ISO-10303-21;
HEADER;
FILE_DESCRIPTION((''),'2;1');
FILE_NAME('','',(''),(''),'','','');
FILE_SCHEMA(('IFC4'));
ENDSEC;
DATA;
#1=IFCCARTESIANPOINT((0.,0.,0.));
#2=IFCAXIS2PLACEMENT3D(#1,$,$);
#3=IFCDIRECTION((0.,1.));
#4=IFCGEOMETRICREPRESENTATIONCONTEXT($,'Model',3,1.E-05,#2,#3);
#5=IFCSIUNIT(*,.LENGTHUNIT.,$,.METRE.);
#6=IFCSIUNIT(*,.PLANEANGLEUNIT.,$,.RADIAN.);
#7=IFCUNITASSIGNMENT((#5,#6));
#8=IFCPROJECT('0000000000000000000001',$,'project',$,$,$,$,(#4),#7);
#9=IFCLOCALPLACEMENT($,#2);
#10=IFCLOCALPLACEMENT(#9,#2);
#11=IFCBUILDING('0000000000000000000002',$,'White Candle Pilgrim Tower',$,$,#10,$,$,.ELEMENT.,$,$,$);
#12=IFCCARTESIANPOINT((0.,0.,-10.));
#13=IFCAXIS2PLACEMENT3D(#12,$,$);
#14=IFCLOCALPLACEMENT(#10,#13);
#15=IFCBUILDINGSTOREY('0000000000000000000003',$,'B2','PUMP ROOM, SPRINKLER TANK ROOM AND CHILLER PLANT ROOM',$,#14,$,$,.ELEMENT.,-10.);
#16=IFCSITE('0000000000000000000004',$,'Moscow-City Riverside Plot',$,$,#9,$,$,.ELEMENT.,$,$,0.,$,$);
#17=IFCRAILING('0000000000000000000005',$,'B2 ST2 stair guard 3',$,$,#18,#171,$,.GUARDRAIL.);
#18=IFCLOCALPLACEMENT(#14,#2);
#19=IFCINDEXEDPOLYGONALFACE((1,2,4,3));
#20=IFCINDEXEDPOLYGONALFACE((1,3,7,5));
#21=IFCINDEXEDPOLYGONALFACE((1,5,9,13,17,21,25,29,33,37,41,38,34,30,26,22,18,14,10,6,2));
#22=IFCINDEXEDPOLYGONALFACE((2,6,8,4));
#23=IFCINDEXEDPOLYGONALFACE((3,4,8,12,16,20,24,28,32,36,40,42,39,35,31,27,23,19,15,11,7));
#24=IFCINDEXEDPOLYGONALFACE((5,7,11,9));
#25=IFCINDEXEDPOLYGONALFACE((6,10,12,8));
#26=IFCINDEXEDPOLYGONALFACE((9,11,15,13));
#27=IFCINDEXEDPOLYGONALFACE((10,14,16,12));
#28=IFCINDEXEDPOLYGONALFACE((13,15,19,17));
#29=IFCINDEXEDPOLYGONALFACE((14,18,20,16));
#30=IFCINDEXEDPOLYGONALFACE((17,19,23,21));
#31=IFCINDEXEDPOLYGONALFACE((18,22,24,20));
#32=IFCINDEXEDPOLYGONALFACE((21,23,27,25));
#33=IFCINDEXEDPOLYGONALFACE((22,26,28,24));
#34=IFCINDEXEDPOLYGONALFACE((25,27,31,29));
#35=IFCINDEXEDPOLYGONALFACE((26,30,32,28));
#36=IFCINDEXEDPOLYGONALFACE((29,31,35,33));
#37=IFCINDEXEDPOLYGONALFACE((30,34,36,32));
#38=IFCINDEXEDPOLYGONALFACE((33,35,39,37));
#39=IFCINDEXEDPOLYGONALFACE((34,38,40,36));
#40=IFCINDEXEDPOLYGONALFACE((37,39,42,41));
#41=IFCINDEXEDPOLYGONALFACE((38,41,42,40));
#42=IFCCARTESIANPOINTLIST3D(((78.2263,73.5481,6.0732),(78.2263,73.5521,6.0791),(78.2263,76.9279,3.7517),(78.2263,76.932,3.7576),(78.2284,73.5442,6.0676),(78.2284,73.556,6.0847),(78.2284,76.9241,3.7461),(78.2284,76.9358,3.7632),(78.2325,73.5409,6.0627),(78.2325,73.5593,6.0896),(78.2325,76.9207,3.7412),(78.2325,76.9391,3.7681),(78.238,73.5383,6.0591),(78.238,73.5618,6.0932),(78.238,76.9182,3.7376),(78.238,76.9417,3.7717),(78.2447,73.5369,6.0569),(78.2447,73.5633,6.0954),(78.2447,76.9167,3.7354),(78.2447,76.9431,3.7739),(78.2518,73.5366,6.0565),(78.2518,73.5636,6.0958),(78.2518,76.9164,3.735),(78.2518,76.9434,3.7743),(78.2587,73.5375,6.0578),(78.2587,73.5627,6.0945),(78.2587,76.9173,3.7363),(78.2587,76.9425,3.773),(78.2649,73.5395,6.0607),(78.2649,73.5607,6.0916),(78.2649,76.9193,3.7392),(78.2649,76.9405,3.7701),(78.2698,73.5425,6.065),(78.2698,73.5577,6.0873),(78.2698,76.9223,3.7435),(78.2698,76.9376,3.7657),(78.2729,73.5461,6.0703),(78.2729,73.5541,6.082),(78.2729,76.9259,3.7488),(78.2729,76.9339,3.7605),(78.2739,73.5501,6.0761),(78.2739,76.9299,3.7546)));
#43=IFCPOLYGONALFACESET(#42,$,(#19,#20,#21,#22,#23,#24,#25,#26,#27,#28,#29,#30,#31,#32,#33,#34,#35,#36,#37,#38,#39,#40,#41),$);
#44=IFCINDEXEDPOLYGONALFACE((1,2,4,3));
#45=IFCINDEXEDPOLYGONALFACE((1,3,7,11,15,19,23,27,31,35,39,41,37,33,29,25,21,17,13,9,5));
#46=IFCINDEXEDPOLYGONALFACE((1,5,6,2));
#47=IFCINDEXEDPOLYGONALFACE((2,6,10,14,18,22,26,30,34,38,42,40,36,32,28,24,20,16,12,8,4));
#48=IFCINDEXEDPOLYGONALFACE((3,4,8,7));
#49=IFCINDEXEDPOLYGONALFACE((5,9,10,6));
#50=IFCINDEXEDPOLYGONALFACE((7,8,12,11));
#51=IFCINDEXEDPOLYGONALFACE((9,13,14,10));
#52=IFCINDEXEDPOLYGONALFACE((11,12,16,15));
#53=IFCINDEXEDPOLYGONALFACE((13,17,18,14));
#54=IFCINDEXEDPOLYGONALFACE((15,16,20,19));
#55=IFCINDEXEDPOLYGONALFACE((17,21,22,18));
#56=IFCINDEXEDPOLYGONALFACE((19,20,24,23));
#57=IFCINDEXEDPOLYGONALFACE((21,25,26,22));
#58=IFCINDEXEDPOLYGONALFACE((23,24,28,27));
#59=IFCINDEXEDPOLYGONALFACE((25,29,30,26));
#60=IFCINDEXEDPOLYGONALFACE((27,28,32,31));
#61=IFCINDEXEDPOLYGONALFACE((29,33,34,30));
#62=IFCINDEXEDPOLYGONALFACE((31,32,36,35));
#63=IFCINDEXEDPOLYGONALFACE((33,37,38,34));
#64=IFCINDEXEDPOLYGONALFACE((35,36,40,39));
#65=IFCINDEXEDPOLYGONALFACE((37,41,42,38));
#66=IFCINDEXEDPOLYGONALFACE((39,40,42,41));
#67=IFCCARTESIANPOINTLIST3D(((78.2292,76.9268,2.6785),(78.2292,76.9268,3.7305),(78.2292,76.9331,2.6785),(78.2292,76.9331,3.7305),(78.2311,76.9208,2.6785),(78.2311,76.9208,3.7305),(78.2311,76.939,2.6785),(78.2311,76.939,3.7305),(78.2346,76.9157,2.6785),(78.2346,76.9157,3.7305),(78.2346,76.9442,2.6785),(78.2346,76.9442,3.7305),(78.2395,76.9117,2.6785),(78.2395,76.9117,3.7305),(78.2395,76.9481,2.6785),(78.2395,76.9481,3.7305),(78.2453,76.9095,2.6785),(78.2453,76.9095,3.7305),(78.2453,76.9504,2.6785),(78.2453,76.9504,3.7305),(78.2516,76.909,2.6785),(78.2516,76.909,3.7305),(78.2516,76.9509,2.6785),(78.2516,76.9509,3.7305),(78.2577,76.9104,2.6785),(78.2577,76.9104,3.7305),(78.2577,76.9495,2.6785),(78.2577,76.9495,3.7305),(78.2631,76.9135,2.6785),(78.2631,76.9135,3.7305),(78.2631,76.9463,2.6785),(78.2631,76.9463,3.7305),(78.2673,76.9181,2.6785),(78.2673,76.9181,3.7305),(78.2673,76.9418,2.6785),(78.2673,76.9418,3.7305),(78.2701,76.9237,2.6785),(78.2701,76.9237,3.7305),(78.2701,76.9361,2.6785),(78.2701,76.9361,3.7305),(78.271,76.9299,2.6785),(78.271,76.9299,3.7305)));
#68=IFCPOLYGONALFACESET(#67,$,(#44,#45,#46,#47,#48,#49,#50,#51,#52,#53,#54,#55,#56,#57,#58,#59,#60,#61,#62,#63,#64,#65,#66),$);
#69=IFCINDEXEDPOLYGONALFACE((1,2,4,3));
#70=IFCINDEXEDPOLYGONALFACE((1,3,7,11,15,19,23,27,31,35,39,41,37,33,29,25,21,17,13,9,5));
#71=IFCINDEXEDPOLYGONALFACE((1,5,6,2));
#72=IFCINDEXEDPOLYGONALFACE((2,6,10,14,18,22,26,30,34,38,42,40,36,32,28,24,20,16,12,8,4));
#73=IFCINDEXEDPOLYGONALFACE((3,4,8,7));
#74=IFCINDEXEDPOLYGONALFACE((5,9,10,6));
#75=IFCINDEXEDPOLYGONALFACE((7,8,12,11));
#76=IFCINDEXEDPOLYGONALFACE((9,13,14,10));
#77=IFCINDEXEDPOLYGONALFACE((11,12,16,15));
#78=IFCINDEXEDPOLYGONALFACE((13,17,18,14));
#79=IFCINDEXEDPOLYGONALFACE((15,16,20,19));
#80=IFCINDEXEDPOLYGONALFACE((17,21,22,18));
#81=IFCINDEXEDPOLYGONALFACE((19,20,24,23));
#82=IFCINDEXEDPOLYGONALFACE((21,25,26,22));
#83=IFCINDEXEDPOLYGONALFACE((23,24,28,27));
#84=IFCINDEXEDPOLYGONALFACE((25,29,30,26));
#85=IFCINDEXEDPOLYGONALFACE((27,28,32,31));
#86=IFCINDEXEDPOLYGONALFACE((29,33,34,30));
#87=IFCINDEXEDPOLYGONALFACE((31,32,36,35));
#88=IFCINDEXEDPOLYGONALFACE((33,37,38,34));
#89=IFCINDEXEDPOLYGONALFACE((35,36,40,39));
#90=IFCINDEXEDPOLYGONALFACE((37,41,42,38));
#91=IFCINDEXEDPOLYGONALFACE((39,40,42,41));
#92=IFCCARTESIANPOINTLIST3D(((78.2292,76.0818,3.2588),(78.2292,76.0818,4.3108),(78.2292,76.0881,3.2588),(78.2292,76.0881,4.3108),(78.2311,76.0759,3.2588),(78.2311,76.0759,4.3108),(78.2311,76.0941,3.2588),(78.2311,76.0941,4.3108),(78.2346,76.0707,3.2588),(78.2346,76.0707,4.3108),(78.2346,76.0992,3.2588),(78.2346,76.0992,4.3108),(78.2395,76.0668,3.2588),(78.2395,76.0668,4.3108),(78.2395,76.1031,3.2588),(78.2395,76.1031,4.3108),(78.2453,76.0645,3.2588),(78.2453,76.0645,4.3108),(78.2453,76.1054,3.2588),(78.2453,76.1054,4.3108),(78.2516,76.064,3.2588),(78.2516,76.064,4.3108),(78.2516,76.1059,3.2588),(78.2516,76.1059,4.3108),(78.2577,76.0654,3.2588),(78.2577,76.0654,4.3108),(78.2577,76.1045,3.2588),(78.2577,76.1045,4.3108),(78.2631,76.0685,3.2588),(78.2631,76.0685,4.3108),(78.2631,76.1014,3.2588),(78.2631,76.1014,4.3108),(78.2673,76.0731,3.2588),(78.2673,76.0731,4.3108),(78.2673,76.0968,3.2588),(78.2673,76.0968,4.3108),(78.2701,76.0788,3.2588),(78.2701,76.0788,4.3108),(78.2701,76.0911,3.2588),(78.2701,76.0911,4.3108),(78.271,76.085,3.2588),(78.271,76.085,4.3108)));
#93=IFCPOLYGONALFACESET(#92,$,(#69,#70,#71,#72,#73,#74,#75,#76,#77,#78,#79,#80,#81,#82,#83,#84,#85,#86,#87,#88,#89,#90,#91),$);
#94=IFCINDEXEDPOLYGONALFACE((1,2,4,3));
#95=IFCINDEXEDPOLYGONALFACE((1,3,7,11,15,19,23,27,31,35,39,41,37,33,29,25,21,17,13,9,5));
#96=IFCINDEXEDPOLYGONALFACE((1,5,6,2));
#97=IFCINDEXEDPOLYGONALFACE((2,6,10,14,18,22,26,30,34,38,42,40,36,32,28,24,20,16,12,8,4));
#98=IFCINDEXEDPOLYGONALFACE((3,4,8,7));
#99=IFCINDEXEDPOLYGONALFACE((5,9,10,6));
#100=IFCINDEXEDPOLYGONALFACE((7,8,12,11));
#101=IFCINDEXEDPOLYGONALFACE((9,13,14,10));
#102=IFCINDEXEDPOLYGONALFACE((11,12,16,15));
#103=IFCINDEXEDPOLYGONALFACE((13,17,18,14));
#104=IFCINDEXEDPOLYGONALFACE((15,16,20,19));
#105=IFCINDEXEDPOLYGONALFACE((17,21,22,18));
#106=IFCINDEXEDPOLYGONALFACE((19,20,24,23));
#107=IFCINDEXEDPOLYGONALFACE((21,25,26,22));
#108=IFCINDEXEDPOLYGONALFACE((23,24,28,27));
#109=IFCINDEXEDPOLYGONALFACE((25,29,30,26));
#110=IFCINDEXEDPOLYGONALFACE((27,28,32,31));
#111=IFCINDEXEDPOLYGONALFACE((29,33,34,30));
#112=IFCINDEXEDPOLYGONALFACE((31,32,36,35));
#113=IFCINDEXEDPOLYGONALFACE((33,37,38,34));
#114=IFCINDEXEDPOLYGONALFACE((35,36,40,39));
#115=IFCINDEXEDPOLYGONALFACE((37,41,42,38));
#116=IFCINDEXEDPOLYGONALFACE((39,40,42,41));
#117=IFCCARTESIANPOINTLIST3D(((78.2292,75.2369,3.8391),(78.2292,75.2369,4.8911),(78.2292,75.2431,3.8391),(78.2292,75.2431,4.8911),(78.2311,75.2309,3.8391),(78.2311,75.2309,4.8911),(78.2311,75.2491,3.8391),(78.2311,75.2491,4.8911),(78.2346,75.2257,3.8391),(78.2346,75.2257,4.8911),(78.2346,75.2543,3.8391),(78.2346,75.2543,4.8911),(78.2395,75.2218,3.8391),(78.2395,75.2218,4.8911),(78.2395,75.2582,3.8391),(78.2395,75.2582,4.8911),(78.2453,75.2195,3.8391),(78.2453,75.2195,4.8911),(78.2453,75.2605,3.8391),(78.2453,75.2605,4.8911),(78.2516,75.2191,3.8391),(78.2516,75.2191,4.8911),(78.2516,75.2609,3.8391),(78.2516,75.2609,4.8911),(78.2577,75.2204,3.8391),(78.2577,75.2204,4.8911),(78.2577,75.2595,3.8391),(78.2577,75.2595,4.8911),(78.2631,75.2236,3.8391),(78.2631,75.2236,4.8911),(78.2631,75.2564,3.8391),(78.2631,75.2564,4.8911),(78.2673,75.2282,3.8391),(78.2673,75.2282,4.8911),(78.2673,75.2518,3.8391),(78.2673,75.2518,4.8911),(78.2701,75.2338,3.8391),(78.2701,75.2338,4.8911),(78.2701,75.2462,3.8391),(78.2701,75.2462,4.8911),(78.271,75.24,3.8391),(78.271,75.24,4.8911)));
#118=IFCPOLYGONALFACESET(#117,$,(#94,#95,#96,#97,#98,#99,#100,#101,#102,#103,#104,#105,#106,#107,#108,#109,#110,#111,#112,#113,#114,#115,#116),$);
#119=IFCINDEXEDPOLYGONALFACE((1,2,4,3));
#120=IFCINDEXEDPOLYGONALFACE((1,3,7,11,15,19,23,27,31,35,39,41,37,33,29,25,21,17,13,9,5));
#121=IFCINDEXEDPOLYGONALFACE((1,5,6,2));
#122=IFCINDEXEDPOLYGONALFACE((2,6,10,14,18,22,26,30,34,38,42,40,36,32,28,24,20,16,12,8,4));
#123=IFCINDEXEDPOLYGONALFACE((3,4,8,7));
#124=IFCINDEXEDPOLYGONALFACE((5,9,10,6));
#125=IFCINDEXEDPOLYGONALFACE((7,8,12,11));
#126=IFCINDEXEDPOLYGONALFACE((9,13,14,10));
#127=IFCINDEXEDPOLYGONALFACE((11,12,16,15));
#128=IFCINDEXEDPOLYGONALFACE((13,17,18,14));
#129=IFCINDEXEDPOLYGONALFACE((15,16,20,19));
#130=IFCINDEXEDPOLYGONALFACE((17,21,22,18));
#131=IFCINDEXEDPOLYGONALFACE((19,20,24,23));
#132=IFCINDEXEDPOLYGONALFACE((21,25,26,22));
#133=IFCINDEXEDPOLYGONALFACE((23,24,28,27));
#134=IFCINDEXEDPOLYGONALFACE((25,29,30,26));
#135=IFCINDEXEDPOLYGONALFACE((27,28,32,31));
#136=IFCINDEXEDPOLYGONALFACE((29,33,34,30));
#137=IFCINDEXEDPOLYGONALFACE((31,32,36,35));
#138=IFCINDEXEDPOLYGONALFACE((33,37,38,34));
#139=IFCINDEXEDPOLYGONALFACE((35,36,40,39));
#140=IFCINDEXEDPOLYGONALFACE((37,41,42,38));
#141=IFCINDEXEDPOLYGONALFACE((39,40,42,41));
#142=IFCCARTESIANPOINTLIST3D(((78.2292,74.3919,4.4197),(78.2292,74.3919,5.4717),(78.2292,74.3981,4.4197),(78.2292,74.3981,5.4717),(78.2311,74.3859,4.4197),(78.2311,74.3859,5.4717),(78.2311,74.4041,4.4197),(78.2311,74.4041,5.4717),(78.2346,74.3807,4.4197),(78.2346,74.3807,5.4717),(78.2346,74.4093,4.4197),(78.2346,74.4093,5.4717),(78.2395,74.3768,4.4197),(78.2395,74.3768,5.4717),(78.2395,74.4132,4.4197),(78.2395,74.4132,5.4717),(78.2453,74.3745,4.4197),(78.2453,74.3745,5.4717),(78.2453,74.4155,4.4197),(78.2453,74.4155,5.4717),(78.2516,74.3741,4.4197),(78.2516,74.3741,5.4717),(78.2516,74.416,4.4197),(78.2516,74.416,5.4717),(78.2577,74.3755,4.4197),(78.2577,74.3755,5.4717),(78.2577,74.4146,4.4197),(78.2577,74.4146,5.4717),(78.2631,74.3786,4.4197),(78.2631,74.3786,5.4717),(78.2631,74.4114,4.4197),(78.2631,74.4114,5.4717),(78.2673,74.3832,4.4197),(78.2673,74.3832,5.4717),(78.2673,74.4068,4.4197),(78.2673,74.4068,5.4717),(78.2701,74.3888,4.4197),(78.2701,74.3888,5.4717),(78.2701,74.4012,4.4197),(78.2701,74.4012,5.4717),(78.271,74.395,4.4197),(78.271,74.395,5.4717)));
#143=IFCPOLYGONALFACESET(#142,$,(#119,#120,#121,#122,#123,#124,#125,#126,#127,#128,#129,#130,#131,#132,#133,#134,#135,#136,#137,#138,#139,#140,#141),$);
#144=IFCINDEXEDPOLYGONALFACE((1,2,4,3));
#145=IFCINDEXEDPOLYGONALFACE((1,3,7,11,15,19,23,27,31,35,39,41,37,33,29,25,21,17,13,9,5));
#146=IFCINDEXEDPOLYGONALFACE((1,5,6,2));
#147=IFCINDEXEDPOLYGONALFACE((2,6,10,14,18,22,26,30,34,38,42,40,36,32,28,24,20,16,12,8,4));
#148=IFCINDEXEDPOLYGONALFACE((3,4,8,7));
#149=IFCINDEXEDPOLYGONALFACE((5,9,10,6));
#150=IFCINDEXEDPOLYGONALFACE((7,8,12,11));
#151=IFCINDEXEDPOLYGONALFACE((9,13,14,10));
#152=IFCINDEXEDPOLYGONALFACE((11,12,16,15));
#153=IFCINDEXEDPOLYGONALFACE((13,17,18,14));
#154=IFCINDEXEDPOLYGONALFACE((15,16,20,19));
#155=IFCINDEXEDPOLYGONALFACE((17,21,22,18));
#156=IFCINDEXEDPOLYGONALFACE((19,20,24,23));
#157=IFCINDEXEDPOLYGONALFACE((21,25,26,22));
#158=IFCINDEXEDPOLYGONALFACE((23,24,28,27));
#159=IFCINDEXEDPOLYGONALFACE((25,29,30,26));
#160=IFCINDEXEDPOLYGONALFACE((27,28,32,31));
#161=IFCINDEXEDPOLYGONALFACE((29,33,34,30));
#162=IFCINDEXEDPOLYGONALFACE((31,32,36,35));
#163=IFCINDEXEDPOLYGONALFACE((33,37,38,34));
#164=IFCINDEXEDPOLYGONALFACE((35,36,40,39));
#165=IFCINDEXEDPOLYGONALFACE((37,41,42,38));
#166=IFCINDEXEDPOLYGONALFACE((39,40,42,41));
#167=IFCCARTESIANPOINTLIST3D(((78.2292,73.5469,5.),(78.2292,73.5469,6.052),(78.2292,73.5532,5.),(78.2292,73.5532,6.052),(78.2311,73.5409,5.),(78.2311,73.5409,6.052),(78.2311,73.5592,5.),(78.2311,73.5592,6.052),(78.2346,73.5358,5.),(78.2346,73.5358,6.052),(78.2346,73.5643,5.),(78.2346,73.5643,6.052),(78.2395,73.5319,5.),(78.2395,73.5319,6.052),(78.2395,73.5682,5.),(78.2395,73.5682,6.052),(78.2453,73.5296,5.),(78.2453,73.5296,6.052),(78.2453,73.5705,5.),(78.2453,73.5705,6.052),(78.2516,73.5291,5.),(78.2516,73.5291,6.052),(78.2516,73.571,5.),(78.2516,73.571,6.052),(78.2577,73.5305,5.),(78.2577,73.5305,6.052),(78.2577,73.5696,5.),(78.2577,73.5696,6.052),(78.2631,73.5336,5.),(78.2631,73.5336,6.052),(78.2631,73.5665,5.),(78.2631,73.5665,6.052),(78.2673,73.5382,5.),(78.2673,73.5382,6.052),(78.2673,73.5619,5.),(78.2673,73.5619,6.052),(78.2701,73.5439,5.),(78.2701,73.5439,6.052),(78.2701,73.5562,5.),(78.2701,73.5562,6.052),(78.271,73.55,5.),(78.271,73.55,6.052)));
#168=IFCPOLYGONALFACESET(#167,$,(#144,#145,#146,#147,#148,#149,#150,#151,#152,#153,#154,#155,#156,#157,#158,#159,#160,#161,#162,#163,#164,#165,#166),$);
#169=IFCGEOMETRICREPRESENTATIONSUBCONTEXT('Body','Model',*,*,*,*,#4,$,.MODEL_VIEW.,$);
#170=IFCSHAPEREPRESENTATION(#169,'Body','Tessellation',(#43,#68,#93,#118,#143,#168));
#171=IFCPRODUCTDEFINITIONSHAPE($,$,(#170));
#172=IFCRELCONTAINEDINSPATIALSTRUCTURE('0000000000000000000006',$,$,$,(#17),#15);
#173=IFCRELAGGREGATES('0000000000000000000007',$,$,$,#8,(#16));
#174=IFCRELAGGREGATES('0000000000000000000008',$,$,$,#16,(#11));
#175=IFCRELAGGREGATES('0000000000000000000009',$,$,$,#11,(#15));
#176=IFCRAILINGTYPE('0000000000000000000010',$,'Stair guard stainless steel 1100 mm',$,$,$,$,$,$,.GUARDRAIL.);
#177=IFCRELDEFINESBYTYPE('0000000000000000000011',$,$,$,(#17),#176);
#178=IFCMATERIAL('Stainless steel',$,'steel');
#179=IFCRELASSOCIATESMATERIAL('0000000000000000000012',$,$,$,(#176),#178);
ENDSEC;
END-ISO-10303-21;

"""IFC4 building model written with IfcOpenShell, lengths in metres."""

from ifc_helpers import new_model, si_unit, direction, frame, origin, origin_2d, place, context, subcontext, project, spatial, circle, extrude, material, type_object, element, save


model = new_model("IFC4")

# Units and contexts
model_context = context("Model", 3, precision=1e-05, world=origin(), true_north=direction((0.0, 1.0)))
body_context = subcontext(model_context, "Body", "Model", "MODEL_VIEW")
ifc_project = project(units=[si_unit("LENGTHUNIT", "METRE"), si_unit("PLANEANGLEUNIT", "RADIAN")], contexts=[model_context])

# Site, building, storey
site_placement = place(None, origin())
site = spatial("IfcSite", under=ifc_project, at=site_placement, Name="Moscow-City Riverside Plot", CompositionType="ELEMENT", RefElevation=0.0)
building_placement = place(site_placement, origin())
building = spatial("IfcBuilding", under=site, at=building_placement, Name="White Candle Pilgrim Tower", CompositionType="ELEMENT")
storey_placement = place(building_placement, frame((0.0, 0.0, -10.0)))
storey = spatial("IfcBuildingStorey", under=building, at=storey_placement, Name="B2", Description="PUMP ROOM, SPRINKLER TANK ROOM AND CHILLER PLANT ROOM", CompositionType="ELEMENT", Elevation=-10.0)

# Railing
ifc_material_1 = material(Name="Stainless steel", Category="steel")
railing_type_1 = type_object("IfcRailingType", Name="Stair guard stainless steel 1100 mm", PredefinedType="GUARDRAIL", material=ifc_material_1)
railing_1_placement = place(storey_placement, frame((78.25, 76.9299, 2.6785)))
element("IfcRailing", 1, at=railing_1_placement, inside=storey, type_object=railing_type_1, Name="B2 ST2 stair guard 3", PredefinedType="GUARDRAIL", context=body_context, shape_type="SweptSolid", body=[
    extrude(circle(Radius=0.0239, at=origin_2d()), frame((0.0, 0.0, 1.0762), z_axis=(0.0, -0.824285, 0.566175), x_axis=(1.0, 0.0, 0.0)), (0.0, 0.0, 1.0), 4.1003),
    extrude(circle(Radius=0.021, at=origin_2d()), origin(), (0.0, 0.0, 1.0), 1.052),
    extrude(circle(Radius=0.021, at=origin_2d()), frame((0.0, -0.845, 0.5803)), (0.0, 0.0, 1.0), 1.052),
    extrude(circle(Radius=0.021, at=origin_2d()), frame((0.0, -1.6899, 1.1606)), (0.0, 0.0, 1.0), 1.052),
    extrude(circle(Radius=0.021, at=origin_2d()), frame((0.0, -2.5349, 1.7412)), (0.0, 0.0, 1.0), 1.052),
    extrude(circle(Radius=0.021, at=origin_2d()), frame((0.0, -3.3799, 2.3215)), (0.0, 0.0, 1.0), 1.052),
])

save(model, "model.ifc")
